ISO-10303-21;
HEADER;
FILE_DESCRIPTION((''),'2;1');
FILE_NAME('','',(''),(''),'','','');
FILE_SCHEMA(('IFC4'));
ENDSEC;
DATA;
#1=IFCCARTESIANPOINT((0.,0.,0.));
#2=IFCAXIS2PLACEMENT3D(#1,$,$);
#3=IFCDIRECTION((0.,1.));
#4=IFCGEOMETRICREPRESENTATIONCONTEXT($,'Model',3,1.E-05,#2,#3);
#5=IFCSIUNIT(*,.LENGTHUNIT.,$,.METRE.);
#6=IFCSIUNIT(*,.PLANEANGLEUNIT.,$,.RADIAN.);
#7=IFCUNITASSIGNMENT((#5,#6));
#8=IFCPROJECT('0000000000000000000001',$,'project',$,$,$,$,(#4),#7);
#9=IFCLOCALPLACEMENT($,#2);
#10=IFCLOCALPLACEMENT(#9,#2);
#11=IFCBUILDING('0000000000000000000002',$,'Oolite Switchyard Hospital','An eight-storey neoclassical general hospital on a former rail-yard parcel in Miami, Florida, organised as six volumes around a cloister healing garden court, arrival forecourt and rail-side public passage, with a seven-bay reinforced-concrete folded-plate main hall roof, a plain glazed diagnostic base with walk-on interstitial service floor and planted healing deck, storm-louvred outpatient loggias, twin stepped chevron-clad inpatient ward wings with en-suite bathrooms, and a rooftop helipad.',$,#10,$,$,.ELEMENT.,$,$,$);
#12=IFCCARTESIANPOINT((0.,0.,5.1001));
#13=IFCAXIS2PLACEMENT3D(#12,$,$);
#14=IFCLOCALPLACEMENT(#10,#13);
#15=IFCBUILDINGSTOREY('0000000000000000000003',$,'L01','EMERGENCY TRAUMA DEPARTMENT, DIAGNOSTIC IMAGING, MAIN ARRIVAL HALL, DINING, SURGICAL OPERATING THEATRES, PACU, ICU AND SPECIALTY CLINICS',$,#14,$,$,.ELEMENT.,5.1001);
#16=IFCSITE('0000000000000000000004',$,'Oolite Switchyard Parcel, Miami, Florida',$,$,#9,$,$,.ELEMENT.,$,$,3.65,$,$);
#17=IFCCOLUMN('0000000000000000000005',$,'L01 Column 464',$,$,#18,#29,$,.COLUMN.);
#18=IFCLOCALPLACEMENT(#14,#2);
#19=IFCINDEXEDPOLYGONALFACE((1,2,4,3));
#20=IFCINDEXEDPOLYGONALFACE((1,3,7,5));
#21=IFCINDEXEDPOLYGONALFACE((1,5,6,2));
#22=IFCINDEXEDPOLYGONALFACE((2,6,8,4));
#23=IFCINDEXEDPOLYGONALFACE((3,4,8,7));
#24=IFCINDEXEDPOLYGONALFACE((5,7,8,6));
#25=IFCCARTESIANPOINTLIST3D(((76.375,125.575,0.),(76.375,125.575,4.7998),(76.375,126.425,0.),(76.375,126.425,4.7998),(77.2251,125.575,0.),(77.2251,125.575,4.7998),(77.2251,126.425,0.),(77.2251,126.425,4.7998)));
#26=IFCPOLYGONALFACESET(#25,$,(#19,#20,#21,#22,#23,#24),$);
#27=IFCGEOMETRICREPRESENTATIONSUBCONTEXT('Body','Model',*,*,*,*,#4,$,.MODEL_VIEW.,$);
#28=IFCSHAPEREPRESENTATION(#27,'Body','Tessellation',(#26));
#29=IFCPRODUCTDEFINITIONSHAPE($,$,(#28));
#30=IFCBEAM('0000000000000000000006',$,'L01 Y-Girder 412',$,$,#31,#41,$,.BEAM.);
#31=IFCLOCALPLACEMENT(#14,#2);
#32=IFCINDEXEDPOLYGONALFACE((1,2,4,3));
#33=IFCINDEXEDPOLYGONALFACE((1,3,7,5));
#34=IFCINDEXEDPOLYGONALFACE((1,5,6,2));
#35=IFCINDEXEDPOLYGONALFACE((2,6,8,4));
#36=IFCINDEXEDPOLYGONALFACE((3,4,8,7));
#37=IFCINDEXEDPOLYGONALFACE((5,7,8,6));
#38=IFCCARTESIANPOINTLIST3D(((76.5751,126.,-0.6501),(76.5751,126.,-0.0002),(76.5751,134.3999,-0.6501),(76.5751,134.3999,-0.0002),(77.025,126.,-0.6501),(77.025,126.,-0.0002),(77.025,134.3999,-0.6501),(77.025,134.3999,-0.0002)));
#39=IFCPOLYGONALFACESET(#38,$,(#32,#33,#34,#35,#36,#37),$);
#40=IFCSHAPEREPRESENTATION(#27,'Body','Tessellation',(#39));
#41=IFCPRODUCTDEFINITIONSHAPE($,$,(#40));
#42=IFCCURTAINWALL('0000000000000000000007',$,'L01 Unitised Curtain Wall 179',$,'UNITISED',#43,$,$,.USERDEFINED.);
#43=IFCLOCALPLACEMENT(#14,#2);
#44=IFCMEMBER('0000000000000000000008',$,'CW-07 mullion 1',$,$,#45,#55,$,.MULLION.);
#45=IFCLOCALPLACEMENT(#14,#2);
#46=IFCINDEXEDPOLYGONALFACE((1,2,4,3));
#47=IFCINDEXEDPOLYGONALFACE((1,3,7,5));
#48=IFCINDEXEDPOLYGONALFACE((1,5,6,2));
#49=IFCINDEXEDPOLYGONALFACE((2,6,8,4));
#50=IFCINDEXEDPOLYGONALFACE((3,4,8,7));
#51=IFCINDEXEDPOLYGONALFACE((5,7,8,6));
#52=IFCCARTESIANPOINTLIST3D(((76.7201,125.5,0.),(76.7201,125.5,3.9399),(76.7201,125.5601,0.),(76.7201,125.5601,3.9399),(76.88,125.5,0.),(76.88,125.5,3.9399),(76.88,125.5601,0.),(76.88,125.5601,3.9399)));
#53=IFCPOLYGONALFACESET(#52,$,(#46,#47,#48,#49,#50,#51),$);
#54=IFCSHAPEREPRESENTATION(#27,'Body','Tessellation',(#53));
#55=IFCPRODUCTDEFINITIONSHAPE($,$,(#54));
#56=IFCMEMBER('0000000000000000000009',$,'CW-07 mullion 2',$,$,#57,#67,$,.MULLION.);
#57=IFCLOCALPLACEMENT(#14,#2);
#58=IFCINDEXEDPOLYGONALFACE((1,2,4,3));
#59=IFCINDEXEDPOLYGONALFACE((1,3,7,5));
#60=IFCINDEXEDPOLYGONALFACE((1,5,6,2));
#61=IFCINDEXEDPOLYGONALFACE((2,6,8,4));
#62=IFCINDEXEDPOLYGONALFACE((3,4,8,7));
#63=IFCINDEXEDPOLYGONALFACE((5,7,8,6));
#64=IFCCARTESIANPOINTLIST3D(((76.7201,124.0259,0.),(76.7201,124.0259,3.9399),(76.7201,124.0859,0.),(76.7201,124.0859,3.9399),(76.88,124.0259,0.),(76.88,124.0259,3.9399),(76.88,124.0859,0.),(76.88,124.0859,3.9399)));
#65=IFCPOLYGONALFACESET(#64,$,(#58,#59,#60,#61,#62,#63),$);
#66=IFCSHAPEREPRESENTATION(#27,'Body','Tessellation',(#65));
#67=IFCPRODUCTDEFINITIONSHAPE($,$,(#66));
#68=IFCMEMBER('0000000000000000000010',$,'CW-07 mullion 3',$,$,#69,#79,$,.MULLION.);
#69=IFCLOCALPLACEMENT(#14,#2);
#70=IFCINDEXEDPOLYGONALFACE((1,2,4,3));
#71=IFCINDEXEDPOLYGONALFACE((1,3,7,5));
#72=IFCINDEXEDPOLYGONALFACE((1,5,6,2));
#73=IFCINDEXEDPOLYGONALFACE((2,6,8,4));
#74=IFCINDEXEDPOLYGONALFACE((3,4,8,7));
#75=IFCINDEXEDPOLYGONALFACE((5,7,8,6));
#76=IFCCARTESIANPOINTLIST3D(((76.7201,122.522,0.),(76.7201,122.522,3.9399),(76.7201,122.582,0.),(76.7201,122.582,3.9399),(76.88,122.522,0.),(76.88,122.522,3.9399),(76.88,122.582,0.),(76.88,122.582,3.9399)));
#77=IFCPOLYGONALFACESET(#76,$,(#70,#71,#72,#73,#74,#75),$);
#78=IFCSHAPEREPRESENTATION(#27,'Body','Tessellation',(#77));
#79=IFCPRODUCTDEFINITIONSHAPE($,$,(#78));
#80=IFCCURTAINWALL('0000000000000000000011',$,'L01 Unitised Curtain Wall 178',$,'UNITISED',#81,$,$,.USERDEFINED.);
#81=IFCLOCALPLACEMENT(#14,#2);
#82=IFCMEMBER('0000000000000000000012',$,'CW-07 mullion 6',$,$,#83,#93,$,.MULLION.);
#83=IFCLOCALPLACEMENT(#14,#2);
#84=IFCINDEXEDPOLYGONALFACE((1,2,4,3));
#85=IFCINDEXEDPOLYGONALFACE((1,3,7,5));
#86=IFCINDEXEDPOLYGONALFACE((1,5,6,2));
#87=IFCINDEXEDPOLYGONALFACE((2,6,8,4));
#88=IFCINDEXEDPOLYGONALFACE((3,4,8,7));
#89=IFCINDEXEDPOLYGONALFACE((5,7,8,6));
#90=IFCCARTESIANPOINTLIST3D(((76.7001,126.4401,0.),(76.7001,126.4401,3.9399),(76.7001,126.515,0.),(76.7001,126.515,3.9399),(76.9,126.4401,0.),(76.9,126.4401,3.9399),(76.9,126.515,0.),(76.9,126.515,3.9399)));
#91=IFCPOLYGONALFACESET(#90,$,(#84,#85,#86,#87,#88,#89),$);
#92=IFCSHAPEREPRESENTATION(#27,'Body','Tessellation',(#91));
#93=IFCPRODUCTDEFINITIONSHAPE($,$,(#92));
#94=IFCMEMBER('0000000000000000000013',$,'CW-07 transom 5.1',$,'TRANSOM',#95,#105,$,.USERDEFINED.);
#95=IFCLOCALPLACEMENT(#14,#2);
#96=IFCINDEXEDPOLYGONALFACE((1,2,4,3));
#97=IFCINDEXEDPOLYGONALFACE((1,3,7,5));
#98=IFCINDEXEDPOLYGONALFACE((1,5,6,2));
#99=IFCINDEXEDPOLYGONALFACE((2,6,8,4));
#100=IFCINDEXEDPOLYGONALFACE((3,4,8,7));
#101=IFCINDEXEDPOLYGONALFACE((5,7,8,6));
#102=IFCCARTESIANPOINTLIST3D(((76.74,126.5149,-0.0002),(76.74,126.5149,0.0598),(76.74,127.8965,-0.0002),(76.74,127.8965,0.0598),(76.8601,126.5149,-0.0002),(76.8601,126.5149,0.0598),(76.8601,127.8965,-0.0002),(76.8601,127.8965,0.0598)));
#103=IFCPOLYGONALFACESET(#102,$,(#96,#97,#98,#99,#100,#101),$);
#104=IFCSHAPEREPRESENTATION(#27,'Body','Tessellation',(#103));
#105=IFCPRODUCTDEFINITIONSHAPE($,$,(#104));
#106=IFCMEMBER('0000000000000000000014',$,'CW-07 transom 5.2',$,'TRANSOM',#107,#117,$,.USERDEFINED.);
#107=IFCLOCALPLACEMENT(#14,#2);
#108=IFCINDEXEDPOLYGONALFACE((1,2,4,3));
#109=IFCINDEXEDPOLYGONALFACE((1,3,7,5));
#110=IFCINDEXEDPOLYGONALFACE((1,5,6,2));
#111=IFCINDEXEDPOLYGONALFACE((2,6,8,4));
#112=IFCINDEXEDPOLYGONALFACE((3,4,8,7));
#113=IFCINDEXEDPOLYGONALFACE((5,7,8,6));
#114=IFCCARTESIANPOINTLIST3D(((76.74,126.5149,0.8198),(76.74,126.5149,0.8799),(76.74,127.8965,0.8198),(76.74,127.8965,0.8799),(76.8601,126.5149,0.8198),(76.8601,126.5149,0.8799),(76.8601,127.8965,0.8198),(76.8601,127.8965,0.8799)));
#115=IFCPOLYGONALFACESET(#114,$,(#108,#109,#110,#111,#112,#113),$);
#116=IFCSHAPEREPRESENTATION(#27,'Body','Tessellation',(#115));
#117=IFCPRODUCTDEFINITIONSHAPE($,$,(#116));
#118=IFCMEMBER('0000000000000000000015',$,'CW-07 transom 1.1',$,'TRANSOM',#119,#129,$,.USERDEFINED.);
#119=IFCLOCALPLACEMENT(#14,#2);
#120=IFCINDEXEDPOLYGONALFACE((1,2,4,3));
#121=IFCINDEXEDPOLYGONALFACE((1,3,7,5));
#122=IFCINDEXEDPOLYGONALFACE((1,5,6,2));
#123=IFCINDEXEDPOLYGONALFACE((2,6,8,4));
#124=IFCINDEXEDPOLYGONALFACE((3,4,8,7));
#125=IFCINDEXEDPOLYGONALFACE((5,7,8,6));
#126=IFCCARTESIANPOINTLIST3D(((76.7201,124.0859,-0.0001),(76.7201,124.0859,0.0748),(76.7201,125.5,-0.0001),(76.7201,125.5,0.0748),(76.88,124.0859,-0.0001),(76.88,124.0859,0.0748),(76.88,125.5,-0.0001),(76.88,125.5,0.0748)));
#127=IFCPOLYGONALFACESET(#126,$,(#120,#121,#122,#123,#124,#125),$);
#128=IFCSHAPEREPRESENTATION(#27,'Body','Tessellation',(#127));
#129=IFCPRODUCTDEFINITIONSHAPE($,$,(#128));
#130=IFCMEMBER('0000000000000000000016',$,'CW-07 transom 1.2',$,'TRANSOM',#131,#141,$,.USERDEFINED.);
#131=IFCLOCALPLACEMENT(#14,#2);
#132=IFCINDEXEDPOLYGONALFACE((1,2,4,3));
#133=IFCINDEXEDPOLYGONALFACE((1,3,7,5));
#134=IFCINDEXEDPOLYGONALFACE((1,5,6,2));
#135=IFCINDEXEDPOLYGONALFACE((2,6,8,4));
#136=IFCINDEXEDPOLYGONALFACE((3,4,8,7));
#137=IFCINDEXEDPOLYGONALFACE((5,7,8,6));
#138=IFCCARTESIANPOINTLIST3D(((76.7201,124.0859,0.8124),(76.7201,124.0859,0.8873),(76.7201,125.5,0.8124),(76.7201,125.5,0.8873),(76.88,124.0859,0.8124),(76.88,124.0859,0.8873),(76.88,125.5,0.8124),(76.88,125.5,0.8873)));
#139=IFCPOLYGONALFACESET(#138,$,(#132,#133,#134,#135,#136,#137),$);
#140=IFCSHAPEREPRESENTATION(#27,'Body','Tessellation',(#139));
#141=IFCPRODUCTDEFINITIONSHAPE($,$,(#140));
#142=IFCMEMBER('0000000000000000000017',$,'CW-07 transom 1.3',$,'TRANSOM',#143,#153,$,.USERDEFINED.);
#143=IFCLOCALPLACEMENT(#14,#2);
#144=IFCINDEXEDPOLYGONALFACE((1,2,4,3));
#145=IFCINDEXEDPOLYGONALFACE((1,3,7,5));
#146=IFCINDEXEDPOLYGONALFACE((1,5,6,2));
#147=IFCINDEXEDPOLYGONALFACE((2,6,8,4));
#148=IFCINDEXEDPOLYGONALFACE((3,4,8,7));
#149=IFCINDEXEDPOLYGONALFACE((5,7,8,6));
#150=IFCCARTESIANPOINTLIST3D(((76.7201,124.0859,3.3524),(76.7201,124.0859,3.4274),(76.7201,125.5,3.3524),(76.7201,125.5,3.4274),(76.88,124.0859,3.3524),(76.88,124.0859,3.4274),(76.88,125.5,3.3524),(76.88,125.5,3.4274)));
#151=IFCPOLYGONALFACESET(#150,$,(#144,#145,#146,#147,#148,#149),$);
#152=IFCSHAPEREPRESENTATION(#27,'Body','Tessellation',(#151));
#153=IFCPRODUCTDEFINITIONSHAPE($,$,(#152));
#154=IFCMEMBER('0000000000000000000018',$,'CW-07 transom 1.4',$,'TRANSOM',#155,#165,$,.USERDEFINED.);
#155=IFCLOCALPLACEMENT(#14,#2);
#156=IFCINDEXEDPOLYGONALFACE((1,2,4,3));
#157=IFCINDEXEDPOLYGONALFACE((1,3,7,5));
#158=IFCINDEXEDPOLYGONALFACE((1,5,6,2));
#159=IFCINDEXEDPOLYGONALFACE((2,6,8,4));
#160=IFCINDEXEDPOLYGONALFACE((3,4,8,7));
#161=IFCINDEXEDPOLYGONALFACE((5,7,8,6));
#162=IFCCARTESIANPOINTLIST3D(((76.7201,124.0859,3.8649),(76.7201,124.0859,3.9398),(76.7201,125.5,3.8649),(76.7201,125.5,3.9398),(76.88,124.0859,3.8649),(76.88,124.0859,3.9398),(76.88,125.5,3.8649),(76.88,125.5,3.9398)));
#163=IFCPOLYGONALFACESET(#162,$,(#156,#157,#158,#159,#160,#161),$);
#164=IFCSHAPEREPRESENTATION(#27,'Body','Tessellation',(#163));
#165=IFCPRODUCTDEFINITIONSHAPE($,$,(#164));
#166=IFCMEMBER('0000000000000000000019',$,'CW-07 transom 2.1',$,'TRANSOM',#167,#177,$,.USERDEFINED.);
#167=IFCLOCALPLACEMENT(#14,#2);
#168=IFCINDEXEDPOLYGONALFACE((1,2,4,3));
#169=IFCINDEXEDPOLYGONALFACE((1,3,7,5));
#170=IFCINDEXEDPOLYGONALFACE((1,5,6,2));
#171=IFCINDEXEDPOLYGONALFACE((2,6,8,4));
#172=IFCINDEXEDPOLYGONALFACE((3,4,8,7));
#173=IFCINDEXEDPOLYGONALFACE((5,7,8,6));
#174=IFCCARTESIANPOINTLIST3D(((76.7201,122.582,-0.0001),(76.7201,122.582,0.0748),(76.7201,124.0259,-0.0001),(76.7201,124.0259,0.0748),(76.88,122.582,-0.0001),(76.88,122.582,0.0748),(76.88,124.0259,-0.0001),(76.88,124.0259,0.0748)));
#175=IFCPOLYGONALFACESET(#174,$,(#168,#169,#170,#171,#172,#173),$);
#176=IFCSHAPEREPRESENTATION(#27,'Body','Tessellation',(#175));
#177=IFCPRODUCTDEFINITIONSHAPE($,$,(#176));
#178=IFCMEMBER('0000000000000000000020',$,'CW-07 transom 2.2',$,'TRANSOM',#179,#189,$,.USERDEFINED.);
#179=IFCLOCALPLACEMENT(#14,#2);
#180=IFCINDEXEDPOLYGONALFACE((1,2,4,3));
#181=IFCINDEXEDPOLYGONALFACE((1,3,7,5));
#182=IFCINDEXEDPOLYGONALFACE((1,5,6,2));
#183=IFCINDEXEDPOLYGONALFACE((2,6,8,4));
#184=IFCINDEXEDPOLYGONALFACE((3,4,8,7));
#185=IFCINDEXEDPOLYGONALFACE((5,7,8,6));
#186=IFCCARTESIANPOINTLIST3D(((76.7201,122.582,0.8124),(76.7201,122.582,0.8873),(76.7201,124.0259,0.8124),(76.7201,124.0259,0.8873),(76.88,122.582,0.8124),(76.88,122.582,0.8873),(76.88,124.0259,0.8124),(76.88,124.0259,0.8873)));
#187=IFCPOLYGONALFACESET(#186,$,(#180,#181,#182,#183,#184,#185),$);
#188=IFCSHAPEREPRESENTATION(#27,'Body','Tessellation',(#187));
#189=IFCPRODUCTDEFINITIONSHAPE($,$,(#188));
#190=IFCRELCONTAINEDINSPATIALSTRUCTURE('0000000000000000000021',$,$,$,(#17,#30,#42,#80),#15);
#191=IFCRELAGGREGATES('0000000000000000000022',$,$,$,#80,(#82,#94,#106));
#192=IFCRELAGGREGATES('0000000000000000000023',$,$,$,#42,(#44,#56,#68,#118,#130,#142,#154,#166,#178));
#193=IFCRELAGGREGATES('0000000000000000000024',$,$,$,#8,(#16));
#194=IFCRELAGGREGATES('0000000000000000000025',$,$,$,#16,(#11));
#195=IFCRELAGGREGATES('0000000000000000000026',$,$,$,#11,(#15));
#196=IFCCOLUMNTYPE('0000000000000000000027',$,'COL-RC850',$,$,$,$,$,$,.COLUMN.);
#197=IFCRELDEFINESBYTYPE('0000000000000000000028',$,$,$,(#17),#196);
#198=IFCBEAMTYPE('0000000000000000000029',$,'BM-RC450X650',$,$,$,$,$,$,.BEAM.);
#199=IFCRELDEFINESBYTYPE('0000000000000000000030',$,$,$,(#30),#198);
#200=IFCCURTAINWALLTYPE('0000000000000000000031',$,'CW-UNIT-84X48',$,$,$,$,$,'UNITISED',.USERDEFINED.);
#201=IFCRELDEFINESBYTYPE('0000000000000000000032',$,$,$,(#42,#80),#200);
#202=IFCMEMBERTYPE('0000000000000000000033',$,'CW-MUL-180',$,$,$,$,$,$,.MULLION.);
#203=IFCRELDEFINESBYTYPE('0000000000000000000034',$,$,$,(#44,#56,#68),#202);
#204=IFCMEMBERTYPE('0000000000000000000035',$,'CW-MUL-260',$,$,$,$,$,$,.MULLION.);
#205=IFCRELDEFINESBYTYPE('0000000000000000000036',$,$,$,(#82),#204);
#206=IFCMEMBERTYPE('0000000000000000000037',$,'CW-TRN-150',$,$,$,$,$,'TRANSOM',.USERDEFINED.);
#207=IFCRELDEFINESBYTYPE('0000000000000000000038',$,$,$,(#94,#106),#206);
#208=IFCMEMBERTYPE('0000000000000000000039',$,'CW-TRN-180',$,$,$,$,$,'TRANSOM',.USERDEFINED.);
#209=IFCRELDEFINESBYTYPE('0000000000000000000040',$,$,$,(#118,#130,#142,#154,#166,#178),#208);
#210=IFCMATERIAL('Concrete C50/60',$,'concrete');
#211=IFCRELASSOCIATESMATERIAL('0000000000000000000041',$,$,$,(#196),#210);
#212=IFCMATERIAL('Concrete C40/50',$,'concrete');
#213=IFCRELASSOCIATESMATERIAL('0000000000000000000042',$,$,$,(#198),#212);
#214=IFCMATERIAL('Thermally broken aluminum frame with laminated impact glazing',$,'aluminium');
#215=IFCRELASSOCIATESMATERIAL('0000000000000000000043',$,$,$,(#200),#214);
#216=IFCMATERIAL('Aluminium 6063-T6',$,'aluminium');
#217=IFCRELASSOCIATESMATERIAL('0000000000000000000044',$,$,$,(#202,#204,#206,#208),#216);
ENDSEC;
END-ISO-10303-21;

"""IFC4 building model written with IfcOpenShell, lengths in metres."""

from ifc_helpers import new_model, si_unit, direction, frame, origin, origin_2d, place, context, subcontext, project, spatial, rectangle, extrude, material, material_profile, profile_set, type_object, element, aggregate, save


model = new_model("IFC4")

# Units and contexts
model_context = context("Model", 3, precision=1e-05, world=origin(), true_north=direction((0.0, 1.0)))
body_context = subcontext(model_context, "Body", "Model", "MODEL_VIEW")
ifc_project = project(units=[si_unit("LENGTHUNIT", "METRE"), si_unit("PLANEANGLEUNIT", "RADIAN")], contexts=[model_context])

# Site, building, storey
site_placement = place(None, origin())
site = spatial("IfcSite", under=ifc_project, at=site_placement, Name="Oolite Switchyard Parcel, Miami, Florida", CompositionType="ELEMENT", RefElevation=3.65)
building_placement = place(site_placement, origin())
building = spatial("IfcBuilding", under=site, at=building_placement, Name="Oolite Switchyard Hospital", Description="An eight-storey neoclassical general hospital on a former rail-yard parcel in Miami, Florida, organised as six volumes around a cloister healing garden court, arrival forecourt and rail-side public passage, with a seven-bay reinforced-concrete folded-plate main hall roof, a plain glazed diagnostic base with walk-on interstitial service floor and planted healing deck, storm-louvred outpatient loggias, twin stepped chevron-clad inpatient ward wings with en-suite bathrooms, and a rooftop helipad.", CompositionType="ELEMENT")
storey_placement = place(building_placement, frame((0.0, 0.0, 5.1001)))
storey = spatial("IfcBuildingStorey", under=building, at=storey_placement, Name="L01", Description="EMERGENCY TRAUMA DEPARTMENT, DIAGNOSTIC IMAGING, MAIN ARRIVAL HALL, DINING, SURGICAL OPERATING THEATRES, PACU, ICU AND SPECIALTY CLINICS", CompositionType="ELEMENT", Elevation=5.1001)

# Column
ifc_material_1 = material(Name="Concrete C50/60", Category="concrete")
ifc_material_profile_1 = material_profile(ifc_material_1, rectangle(XDim=0.8501, YDim=0.8501, at=origin_2d()), Name="RC850X850")
ifc_profile_set_1 = profile_set([ifc_material_profile_1], Name="Concrete C50/60")
column_type = type_object("IfcColumnType", Name="COL-RC850", PredefinedType="COLUMN", material=ifc_profile_set_1)
column_placement = place(storey_placement, frame((76.8, 126.0, 0.0), z_axis=(0.0, 0.0, 1.0), x_axis=(1.0, 0.0, 0.0)))
element("IfcColumn", 1, at=column_placement, inside=storey, type_object=column_type, Name="L01 Column 464", PredefinedType="COLUMN", context=body_context, shape_type="SweptSolid", body=[
    extrude(rectangle(XDim=0.8501, YDim=0.8501, at=origin_2d()), origin(), (0.0, 0.0, 1.0), 4.7998),
])

# Beam
ifc_material_2 = material(Name="Concrete C40/50", Category="concrete")
ifc_material_profile_2 = material_profile(ifc_material_2, rectangle(XDim=0.45, YDim=0.6499, at=origin_2d()), Name="RCB450X650")
ifc_profile_set_2 = profile_set([ifc_material_profile_2], Name="Concrete C40/50")
beam_type = type_object("IfcBeamType", Name="BM-RC450X650", PredefinedType="BEAM", material=ifc_profile_set_2)
beam_placement = place(storey_placement, frame((76.8, 126.0, -0.3252), z_axis=(0.0, 1.0, 0.0), x_axis=(-1.0, 0.0, 0.0)))
element("IfcBeam", 2, at=beam_placement, inside=storey, type_object=beam_type, Name="L01 Y-Girder 412", PredefinedType="BEAM", context=body_context, shape_type="SweptSolid", body=[
    extrude(rectangle(XDim=0.45, YDim=0.6499, at=origin_2d()), origin(), (0.0, 0.0, 1.0), 8.3999),
])

# Curtain walls, members
ifc_material_3 = material(Name="Thermally broken aluminum frame with laminated impact glazing", Category="aluminium")
curtain_wall_type = type_object("IfcCurtainWallType", Name="CW-UNIT-84X48", ElementType="UNITISED", PredefinedType="USERDEFINED", material=ifc_material_3)
curtain_wall_1_placement = place(storey_placement, origin())
curtain_wall_1 = element("IfcCurtainWall", 3, at=curtain_wall_1_placement, inside=storey, type_object=curtain_wall_type, Name="L01 Unitised Curtain Wall 179", ObjectType="UNITISED", PredefinedType="USERDEFINED")
ifc_material_4 = material(Name="Aluminium 6063-T6", Category="aluminium")
ifc_material_profile_3 = material_profile(ifc_material_4, rectangle(XDim=0.1599, YDim=0.0601, at=origin_2d()), Name="CWM60X160")
ifc_profile_set_3 = profile_set([ifc_material_profile_3], Name="Aluminium 6063-T6")
member_type_1 = type_object("IfcMemberType", Name="CW-MUL-180", PredefinedType="MULLION", material=ifc_profile_set_3)
member_1_placement = place(storey_placement, frame((76.8, 125.53, 0.0), z_axis=(0.0, 0.0, 1.0), x_axis=(1.0, 0.0, 0.0)))
member_1 = element("IfcMember", 4, at=member_1_placement, type_object=member_type_1, Name="CW-07 mullion 1", PredefinedType="MULLION", context=body_context, shape_type="SweptSolid", body=[
    extrude(rectangle(XDim=0.1599, YDim=0.0601, at=origin_2d()), origin(), (0.0, 0.0, 1.0), 3.9399),
])
member_2_placement = place(storey_placement, frame((76.8, 124.0559, 0.0), z_axis=(0.0, 0.0, 1.0), x_axis=(1.0, 0.0, 0.0)))
member_2 = element("IfcMember", 5, at=member_2_placement, type_object=member_type_1, Name="CW-07 mullion 2", PredefinedType="MULLION", context=body_context, shape_type="SweptSolid", body=[
    extrude(rectangle(XDim=0.1599, YDim=0.0601, at=origin_2d()), origin(), (0.0, 0.0, 1.0), 3.9399),
])
member_3_placement = place(storey_placement, frame((76.8, 122.552, 0.0), z_axis=(0.0, 0.0, 1.0), x_axis=(1.0, 0.0, 0.0)))
member_3 = element("IfcMember", 6, at=member_3_placement, type_object=member_type_1, Name="CW-07 mullion 3", PredefinedType="MULLION", context=body_context, shape_type="SweptSolid", body=[
    extrude(rectangle(XDim=0.1599, YDim=0.0601, at=origin_2d()), origin(), (0.0, 0.0, 1.0), 3.9399),
])
curtain_wall_2_placement = place(storey_placement, origin())
curtain_wall_2 = element("IfcCurtainWall", 7, at=curtain_wall_2_placement, inside=storey, type_object=curtain_wall_type, Name="L01 Unitised Curtain Wall 178", ObjectType="UNITISED", PredefinedType="USERDEFINED")
ifc_material_profile_4 = material_profile(ifc_material_4, rectangle(XDim=0.2, YDim=0.075, at=origin_2d()), Name="CWM75X200")
ifc_profile_set_4 = profile_set([ifc_material_profile_4], Name="Aluminium 6063-T6")
member_type_2 = type_object("IfcMemberType", Name="CW-MUL-260", PredefinedType="MULLION", material=ifc_profile_set_4)
member_4_placement = place(storey_placement, frame((76.8, 126.4775, 0.0), z_axis=(0.0, 0.0, 1.0), x_axis=(1.0, 0.0, 0.0)))
member_4 = element("IfcMember", 8, at=member_4_placement, type_object=member_type_2, Name="CW-07 mullion 6", PredefinedType="MULLION", context=body_context, shape_type="SweptSolid", body=[
    extrude(rectangle(XDim=0.2, YDim=0.075, at=origin_2d()), origin(), (0.0, 0.0, 1.0), 3.9399),
])
ifc_material_profile_5 = material_profile(ifc_material_4, rectangle(XDim=0.1201, YDim=0.0601, at=origin_2d()), Name="CWT60X120")
ifc_profile_set_5 = profile_set([ifc_material_profile_5], Name="Aluminium 6063-T6")
member_type_3 = type_object("IfcMemberType", Name="CW-TRN-150", ElementType="TRANSOM", PredefinedType="USERDEFINED", material=ifc_profile_set_5)
member_5_placement = place(storey_placement, frame((76.8, 127.8965, 0.0298), z_axis=(0.0, -1.0, 0.0), x_axis=(1.0, 0.0, 0.0)))
member_5 = element("IfcMember", 9, at=member_5_placement, type_object=member_type_3, Name="CW-07 transom 5.1", ObjectType="TRANSOM", PredefinedType="USERDEFINED", context=body_context, shape_type="SweptSolid", body=[
    extrude(rectangle(XDim=0.1201, YDim=0.0601, at=origin_2d()), origin(), (0.0, 0.0, 1.0), 1.3816),
])
member_6_placement = place(storey_placement, frame((76.8, 127.8965, 0.8499), z_axis=(0.0, -1.0, 0.0), x_axis=(1.0, 0.0, 0.0)))
member_6 = element("IfcMember", 10, at=member_6_placement, type_object=member_type_3, Name="CW-07 transom 5.2", ObjectType="TRANSOM", PredefinedType="USERDEFINED", context=body_context, shape_type="SweptSolid", body=[
    extrude(rectangle(XDim=0.1201, YDim=0.0601, at=origin_2d()), origin(), (0.0, 0.0, 1.0), 1.3816),
])

# Members
ifc_material_profile_6 = material_profile(ifc_material_4, rectangle(XDim=0.1599, YDim=0.075, at=origin_2d()), Name="CWT75X160")
ifc_profile_set_6 = profile_set([ifc_material_profile_6], Name="Aluminium 6063-T6")
member_type_4 = type_object("IfcMemberType", Name="CW-TRN-180", ElementType="TRANSOM", PredefinedType="USERDEFINED", material=ifc_profile_set_6)
member_7_placement = place(storey_placement, frame((76.8, 125.5, 0.0374), z_axis=(0.0, -1.0, 0.0), x_axis=(1.0, 0.0, 0.0)))
member_7 = element("IfcMember", 11, at=member_7_placement, type_object=member_type_4, Name="CW-07 transom 1.1", ObjectType="TRANSOM", PredefinedType="USERDEFINED", context=body_context, shape_type="SweptSolid", body=[
    extrude(rectangle(XDim=0.1599, YDim=0.075, at=origin_2d()), origin(), (0.0, 0.0, 1.0), 1.4141),
])
member_8_placement = place(storey_placement, frame((76.8, 125.5, 0.8499), z_axis=(0.0, -1.0, 0.0), x_axis=(1.0, 0.0, 0.0)))
member_8 = element("IfcMember", 12, at=member_8_placement, type_object=member_type_4, Name="CW-07 transom 1.2", ObjectType="TRANSOM", PredefinedType="USERDEFINED", context=body_context, shape_type="SweptSolid", body=[
    extrude(rectangle(XDim=0.1599, YDim=0.075, at=origin_2d()), origin(), (0.0, 0.0, 1.0), 1.4141),
])
member_9_placement = place(storey_placement, frame((76.8, 125.5, 3.3899), z_axis=(0.0, -1.0, 0.0), x_axis=(1.0, 0.0, 0.0)))
member_9 = element("IfcMember", 13, at=member_9_placement, type_object=member_type_4, Name="CW-07 transom 1.3", ObjectType="TRANSOM", PredefinedType="USERDEFINED", context=body_context, shape_type="SweptSolid", body=[
    extrude(rectangle(XDim=0.1599, YDim=0.075, at=origin_2d()), origin(), (0.0, 0.0, 1.0), 1.4141),
])
member_10_placement = place(storey_placement, frame((76.8, 125.5, 3.9023), z_axis=(0.0, -1.0, 0.0), x_axis=(1.0, 0.0, 0.0)))
member_10 = element("IfcMember", 14, at=member_10_placement, type_object=member_type_4, Name="CW-07 transom 1.4", ObjectType="TRANSOM", PredefinedType="USERDEFINED", context=body_context, shape_type="SweptSolid", body=[
    extrude(rectangle(XDim=0.1599, YDim=0.075, at=origin_2d()), origin(), (0.0, 0.0, 1.0), 1.4141),
])
member_11_placement = place(storey_placement, frame((76.8, 124.0259, 0.0374), z_axis=(0.0, -1.0, 0.0), x_axis=(1.0, 0.0, 0.0)))
member_11 = element("IfcMember", 15, at=member_11_placement, type_object=member_type_4, Name="CW-07 transom 2.1", ObjectType="TRANSOM", PredefinedType="USERDEFINED", context=body_context, shape_type="SweptSolid", body=[
    extrude(rectangle(XDim=0.1599, YDim=0.075, at=origin_2d()), origin(), (0.0, 0.0, 1.0), 1.4438),
])
member_12_placement = place(storey_placement, frame((76.8, 124.0259, 0.8499), z_axis=(0.0, -1.0, 0.0), x_axis=(1.0, 0.0, 0.0)))
member_12 = element("IfcMember", 16, at=member_12_placement, type_object=member_type_4, Name="CW-07 transom 2.2", ObjectType="TRANSOM", PredefinedType="USERDEFINED", context=body_context, shape_type="SweptSolid", body=[
    extrude(rectangle(XDim=0.1599, YDim=0.075, at=origin_2d()), origin(), (0.0, 0.0, 1.0), 1.4438),
])

aggregate(curtain_wall_2, [member_4, member_5, member_6])
aggregate(curtain_wall_1, [member_1, member_2, member_3, member_7, member_8, member_9, member_10, member_11, member_12])

save(model, "model.ifc")
